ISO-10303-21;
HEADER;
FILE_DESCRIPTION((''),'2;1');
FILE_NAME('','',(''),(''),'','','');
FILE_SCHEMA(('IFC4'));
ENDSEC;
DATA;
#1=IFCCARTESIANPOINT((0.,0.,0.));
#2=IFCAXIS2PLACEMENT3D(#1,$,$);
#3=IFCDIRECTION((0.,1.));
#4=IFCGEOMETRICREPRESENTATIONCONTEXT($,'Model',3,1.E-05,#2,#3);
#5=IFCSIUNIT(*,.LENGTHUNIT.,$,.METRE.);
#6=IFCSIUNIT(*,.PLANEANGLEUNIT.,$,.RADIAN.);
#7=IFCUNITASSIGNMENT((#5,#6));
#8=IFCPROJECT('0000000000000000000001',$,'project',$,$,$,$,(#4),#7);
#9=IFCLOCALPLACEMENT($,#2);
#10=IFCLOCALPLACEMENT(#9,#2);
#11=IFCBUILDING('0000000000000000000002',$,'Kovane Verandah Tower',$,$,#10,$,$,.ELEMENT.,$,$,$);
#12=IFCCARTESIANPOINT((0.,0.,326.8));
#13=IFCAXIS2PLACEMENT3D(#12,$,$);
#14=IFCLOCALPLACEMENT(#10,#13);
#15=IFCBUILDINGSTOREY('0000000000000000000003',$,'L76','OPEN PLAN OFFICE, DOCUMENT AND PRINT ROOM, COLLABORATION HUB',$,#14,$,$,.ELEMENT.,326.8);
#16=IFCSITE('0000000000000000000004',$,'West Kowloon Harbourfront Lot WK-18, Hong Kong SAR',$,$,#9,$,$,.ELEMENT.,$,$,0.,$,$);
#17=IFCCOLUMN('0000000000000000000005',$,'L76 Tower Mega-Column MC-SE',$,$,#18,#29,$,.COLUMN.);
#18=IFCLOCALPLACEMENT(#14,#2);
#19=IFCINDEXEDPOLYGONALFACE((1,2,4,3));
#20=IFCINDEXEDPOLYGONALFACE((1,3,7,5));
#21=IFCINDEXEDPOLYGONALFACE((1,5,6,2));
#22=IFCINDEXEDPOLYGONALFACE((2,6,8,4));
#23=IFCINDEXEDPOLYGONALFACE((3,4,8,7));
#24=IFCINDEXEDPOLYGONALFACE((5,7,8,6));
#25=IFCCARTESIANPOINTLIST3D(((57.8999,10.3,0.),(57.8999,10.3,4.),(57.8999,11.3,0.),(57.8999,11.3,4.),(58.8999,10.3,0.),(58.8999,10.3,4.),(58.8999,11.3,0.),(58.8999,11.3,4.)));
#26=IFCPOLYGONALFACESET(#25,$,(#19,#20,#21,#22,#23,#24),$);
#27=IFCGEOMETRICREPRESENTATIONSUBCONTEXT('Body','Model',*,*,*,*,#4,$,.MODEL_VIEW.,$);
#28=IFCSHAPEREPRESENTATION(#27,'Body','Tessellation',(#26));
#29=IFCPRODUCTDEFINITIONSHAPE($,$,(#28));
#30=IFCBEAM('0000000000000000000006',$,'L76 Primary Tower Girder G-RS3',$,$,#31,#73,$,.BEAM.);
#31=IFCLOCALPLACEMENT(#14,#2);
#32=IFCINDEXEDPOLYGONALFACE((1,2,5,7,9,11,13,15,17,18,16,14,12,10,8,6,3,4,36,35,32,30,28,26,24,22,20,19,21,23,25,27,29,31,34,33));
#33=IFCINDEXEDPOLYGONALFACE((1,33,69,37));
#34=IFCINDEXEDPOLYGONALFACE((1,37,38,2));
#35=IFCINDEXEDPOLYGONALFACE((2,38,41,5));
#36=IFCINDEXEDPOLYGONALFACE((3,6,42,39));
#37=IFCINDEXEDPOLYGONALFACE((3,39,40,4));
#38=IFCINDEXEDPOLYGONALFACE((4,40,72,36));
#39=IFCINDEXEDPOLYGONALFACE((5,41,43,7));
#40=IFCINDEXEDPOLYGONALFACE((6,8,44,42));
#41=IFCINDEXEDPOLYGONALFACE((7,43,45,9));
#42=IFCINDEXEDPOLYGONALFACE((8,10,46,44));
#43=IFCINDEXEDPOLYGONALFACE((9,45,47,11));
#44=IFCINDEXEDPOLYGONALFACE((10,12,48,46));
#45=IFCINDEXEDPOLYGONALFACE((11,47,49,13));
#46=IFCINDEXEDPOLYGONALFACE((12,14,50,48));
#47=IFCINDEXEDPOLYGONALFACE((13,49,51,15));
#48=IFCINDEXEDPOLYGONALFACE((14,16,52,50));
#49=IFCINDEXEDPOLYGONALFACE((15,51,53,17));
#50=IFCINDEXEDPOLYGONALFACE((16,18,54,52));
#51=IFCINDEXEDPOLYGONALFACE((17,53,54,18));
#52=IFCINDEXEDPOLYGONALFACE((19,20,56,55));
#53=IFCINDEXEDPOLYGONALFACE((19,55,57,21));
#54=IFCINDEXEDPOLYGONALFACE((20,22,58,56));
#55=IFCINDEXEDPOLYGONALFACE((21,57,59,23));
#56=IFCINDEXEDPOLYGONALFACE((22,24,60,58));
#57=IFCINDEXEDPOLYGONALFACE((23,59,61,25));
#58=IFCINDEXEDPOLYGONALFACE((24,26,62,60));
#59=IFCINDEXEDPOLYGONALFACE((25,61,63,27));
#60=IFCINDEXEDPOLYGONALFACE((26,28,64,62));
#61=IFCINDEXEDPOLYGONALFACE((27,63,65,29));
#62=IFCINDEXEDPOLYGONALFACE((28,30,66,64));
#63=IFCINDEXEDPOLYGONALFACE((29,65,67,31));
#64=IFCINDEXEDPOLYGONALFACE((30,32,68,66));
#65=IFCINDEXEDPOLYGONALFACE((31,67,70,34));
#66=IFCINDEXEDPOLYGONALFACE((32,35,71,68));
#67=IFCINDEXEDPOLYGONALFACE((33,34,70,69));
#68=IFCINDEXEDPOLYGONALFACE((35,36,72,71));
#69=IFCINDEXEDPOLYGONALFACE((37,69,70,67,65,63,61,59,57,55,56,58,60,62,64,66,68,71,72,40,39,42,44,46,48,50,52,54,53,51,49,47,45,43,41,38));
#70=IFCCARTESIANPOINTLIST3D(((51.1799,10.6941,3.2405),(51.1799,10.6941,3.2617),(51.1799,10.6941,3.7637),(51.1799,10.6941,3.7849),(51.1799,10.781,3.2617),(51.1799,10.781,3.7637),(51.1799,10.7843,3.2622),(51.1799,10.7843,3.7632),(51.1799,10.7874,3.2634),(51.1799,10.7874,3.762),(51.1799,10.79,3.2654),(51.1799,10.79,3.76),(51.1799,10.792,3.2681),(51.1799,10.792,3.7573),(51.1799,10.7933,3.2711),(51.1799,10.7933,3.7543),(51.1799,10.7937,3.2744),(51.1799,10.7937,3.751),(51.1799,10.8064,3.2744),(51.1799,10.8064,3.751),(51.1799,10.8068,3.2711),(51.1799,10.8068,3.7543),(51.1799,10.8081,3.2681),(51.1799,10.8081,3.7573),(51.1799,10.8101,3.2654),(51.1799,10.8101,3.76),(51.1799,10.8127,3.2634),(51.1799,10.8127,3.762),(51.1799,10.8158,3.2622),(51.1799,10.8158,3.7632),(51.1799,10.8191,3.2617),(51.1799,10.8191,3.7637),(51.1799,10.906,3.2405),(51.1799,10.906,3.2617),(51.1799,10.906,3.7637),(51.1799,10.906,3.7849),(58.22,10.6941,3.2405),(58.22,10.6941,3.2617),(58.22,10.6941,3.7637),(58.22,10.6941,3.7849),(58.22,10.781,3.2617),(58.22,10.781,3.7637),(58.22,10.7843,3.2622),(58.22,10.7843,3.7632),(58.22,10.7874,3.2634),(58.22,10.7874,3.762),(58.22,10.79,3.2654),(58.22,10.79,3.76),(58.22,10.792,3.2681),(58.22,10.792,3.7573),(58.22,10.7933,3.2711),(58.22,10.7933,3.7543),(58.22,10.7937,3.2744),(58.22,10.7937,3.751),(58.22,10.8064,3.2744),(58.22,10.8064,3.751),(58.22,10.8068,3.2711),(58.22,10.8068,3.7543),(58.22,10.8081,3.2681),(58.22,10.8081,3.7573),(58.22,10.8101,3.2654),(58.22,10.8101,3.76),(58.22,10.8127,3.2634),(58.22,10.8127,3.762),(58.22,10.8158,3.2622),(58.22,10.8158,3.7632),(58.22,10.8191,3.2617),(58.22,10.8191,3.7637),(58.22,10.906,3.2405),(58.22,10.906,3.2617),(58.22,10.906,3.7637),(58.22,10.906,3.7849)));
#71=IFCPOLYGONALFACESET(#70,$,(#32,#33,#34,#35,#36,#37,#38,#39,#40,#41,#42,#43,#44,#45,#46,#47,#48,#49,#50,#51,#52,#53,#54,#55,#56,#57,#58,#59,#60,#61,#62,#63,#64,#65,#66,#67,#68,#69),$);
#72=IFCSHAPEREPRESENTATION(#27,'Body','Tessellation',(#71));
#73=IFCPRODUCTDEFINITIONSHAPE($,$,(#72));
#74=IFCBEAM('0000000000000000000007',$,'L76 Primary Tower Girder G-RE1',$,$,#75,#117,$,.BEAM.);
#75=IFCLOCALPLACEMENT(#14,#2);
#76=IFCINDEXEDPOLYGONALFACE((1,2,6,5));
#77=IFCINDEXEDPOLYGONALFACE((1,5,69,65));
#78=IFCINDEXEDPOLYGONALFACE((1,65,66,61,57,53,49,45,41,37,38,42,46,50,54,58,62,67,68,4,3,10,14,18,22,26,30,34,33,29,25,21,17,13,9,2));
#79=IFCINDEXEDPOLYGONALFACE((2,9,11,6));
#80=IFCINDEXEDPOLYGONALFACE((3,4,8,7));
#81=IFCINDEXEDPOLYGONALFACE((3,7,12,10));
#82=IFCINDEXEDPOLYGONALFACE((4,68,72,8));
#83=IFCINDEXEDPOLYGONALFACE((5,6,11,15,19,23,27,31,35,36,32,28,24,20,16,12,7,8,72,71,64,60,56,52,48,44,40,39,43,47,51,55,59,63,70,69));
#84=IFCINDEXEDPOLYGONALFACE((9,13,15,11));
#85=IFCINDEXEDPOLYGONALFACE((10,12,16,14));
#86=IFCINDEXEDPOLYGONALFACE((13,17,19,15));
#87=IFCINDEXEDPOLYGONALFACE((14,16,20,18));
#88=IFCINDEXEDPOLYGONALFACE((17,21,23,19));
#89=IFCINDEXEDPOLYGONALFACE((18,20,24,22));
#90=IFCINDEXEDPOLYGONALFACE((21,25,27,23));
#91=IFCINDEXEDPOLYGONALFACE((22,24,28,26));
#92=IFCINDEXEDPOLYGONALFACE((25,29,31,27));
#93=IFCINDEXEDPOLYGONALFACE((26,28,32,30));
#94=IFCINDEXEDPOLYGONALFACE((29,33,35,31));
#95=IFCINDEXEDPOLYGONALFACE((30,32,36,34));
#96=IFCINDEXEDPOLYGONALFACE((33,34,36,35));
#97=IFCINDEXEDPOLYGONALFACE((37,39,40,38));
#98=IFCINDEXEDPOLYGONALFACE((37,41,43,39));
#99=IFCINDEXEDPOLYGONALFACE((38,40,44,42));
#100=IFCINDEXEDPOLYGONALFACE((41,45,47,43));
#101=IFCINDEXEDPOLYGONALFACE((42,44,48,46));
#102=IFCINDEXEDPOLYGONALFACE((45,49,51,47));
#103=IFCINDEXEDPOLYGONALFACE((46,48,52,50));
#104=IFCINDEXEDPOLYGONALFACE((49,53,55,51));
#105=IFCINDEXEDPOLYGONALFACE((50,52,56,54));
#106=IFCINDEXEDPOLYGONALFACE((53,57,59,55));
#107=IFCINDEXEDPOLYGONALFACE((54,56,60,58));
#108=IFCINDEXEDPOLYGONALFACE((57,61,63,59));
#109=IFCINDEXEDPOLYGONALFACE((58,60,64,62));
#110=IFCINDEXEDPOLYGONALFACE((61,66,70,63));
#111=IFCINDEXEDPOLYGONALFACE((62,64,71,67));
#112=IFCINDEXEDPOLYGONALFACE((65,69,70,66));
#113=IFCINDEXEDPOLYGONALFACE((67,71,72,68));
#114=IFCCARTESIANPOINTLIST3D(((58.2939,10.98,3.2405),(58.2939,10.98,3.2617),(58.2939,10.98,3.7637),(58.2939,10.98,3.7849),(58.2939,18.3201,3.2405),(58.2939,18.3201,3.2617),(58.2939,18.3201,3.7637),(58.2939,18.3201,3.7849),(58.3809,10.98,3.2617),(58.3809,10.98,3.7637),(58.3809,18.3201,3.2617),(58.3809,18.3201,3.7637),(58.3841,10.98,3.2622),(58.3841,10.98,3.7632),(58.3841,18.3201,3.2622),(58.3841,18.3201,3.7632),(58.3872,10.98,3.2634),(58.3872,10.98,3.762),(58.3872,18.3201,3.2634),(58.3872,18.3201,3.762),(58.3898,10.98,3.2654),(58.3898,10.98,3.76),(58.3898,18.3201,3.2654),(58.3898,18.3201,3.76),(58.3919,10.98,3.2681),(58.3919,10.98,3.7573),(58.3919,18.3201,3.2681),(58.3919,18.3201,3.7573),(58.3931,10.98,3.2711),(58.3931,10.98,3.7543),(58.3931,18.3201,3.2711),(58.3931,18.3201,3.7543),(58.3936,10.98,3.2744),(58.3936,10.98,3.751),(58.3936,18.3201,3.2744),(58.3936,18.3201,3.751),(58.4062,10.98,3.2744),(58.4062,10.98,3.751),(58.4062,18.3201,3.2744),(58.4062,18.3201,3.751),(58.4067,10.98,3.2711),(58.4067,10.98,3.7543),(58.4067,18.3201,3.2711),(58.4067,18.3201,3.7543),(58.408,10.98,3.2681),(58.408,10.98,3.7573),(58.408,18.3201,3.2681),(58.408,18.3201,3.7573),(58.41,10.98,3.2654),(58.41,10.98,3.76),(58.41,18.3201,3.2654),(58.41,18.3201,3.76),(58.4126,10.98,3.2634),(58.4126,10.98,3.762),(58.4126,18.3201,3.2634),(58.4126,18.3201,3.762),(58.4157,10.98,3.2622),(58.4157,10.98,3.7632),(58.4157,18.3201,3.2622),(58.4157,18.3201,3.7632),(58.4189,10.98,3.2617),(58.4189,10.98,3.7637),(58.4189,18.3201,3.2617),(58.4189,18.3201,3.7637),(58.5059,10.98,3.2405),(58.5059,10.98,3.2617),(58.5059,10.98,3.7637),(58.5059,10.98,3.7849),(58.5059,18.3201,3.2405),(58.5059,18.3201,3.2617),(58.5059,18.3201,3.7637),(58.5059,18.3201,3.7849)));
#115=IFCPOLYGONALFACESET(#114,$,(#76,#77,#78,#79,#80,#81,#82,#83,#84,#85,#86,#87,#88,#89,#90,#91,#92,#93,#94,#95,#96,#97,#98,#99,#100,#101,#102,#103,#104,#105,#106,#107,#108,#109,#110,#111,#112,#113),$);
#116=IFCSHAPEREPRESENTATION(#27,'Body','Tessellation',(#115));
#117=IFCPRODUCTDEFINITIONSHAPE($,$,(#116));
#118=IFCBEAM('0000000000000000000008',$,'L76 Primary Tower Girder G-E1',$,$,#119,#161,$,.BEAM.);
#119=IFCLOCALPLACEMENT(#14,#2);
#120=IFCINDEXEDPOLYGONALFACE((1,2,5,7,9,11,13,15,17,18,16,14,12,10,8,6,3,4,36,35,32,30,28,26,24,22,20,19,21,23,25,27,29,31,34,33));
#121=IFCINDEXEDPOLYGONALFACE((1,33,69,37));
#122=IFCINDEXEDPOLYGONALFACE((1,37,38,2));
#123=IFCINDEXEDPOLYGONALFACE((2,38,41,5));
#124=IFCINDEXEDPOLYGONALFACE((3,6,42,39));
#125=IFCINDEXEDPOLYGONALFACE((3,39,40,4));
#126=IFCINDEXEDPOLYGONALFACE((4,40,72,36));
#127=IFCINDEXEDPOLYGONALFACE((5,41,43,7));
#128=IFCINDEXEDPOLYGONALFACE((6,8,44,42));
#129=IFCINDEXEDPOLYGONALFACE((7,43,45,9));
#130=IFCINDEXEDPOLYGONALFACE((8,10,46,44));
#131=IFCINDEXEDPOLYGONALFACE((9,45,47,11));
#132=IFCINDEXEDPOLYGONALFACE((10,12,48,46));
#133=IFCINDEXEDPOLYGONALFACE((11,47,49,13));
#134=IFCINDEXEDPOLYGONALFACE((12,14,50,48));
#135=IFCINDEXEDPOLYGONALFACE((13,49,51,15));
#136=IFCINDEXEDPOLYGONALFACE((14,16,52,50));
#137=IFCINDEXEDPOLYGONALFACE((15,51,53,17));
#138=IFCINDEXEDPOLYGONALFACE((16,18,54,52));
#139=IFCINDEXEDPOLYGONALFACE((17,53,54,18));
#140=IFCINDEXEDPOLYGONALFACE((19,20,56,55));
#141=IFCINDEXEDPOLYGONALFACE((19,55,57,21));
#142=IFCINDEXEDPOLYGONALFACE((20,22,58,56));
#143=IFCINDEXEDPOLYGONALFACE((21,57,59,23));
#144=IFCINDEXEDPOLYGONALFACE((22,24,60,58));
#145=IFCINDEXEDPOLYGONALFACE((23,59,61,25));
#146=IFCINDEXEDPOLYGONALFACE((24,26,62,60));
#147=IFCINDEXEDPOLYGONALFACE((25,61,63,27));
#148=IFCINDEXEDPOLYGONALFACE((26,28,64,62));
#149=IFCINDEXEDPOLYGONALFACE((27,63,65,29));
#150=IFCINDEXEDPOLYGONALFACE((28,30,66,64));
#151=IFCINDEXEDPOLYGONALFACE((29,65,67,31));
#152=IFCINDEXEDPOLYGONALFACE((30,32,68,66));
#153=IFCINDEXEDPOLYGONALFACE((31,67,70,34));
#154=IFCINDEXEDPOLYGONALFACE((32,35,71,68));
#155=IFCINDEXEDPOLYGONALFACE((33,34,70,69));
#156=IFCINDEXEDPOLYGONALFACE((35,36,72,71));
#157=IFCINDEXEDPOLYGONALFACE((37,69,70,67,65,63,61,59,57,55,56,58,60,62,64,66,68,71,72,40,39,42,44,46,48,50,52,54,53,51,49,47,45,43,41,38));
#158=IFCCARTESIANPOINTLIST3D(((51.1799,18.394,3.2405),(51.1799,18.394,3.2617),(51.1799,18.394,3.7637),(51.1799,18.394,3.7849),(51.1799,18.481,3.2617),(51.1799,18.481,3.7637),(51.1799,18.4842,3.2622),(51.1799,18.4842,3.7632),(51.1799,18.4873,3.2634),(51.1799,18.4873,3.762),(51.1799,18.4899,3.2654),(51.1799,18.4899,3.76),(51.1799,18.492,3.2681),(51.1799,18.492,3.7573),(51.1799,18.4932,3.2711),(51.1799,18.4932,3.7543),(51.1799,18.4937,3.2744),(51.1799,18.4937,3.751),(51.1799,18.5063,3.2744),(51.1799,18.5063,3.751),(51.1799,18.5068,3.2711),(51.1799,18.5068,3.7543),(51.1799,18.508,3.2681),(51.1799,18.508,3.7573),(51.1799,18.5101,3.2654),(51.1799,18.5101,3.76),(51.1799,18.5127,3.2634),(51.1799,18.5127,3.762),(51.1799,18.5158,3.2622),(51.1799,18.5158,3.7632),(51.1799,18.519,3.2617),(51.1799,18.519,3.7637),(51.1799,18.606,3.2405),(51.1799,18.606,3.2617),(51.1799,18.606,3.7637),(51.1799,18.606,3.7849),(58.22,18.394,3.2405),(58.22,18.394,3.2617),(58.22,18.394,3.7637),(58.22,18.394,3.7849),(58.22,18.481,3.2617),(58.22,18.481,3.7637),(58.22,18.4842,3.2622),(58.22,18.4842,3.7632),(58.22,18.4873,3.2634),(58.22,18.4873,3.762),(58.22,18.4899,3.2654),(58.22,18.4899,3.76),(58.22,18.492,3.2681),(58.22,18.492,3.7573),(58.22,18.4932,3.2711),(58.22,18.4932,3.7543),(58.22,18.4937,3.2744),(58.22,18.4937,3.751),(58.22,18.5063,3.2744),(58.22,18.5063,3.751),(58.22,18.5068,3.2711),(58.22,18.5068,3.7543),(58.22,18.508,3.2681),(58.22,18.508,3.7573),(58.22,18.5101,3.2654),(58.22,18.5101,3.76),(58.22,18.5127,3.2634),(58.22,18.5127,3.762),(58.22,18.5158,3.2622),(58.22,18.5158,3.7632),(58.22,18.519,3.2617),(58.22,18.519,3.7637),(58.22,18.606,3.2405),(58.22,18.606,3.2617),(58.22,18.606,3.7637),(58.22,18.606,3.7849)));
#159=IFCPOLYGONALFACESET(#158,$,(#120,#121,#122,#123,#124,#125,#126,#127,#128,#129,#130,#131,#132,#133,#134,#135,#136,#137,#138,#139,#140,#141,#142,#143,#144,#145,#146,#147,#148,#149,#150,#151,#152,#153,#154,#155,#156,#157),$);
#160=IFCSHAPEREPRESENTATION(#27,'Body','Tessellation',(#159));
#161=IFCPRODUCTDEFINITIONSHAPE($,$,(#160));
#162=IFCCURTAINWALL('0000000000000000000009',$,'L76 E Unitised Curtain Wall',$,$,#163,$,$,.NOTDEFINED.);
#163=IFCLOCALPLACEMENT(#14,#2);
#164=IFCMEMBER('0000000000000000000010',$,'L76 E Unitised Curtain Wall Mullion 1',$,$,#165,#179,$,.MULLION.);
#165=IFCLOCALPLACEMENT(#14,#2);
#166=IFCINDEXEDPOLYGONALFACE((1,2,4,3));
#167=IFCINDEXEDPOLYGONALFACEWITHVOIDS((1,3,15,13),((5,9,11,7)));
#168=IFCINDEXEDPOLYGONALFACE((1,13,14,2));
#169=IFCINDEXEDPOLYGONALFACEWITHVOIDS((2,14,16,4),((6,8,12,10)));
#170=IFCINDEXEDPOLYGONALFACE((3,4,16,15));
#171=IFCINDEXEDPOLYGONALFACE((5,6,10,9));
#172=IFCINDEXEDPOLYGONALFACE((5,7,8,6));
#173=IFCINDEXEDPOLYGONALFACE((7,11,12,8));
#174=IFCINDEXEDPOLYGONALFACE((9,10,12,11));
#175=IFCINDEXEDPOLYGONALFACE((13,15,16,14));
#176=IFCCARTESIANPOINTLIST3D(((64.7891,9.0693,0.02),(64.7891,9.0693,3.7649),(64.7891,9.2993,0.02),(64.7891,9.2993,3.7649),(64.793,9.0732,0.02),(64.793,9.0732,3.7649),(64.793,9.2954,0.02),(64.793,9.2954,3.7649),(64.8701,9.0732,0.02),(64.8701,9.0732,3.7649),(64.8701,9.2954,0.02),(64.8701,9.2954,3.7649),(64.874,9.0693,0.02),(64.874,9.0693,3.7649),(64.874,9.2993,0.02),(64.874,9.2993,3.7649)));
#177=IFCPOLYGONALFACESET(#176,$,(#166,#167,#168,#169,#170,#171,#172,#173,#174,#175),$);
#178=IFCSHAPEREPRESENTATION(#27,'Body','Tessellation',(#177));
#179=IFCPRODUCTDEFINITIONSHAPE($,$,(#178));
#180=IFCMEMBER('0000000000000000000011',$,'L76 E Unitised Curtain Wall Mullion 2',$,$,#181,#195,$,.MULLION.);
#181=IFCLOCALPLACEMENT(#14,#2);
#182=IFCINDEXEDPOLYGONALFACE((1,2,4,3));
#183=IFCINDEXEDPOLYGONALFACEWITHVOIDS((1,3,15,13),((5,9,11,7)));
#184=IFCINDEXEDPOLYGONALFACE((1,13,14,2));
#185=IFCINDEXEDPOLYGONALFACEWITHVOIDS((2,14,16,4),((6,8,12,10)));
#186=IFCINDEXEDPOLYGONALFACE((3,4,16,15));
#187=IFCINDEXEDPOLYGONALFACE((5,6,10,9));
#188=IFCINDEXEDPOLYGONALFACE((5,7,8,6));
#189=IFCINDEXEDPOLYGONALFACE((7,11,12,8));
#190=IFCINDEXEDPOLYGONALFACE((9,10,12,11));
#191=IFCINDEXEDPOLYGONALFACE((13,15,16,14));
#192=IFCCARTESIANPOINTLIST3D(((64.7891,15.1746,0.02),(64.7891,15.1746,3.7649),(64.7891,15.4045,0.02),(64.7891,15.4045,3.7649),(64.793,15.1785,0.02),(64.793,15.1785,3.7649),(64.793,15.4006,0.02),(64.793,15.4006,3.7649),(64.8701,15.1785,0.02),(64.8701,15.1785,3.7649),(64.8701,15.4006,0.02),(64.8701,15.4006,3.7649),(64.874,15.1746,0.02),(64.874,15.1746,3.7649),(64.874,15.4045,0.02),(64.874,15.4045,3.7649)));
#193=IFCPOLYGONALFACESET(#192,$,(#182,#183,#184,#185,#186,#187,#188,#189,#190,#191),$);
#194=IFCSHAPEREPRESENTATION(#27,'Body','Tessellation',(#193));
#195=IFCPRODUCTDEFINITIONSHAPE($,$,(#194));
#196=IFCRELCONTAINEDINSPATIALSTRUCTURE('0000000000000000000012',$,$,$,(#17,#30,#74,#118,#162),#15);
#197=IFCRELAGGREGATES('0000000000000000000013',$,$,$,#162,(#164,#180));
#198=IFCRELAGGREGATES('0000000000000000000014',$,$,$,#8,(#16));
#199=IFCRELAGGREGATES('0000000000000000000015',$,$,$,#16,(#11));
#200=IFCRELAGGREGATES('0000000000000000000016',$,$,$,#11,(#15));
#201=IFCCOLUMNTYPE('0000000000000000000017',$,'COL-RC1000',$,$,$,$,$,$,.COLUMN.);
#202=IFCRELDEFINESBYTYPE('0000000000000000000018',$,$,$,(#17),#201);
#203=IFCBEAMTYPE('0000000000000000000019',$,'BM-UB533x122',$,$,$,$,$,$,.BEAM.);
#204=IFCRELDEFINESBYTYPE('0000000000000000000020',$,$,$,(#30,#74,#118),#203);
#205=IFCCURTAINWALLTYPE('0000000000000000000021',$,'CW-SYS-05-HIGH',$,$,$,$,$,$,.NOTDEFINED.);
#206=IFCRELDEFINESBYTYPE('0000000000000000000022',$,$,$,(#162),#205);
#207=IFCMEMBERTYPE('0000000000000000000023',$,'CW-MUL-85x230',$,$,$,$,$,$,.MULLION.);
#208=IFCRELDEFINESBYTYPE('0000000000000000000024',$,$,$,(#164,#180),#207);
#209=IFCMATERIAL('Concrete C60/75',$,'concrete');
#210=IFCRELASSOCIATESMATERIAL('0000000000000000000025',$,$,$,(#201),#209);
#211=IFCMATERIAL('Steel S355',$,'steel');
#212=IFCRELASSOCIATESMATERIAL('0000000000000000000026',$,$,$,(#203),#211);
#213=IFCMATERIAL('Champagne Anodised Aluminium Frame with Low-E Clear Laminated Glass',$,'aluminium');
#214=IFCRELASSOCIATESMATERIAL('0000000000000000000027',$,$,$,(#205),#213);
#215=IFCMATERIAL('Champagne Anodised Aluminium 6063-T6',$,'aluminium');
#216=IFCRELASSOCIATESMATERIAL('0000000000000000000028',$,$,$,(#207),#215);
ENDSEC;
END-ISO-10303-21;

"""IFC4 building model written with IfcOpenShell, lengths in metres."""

from ifc_helpers import new_model, si_unit, direction, frame, origin, origin_2d, place, context, subcontext, project, spatial, rectangle, hollow_rectangle, i_section, extrude, material, material_profile, profile_set, type_object, element, aggregate, save


model = new_model("IFC4")

# Units and contexts
model_context = context("Model", 3, precision=1e-05, world=origin(), true_north=direction((0.0, 1.0)))
body_context = subcontext(model_context, "Body", "Model", "MODEL_VIEW")
ifc_project = project(units=[si_unit("LENGTHUNIT", "METRE"), si_unit("PLANEANGLEUNIT", "RADIAN")], contexts=[model_context])

# Site, building, storey
site_placement = place(None, origin())
site = spatial("IfcSite", under=ifc_project, at=site_placement, Name="West Kowloon Harbourfront Lot WK-18, Hong Kong SAR", CompositionType="ELEMENT", RefElevation=0.0)
building_placement = place(site_placement, origin())
building = spatial("IfcBuilding", under=site, at=building_placement, Name="Kovane Verandah Tower", CompositionType="ELEMENT")
storey_placement = place(building_placement, frame((0.0, 0.0, 326.8)))
storey = spatial("IfcBuildingStorey", under=building, at=storey_placement, Name="L76", Description="OPEN PLAN OFFICE, DOCUMENT AND PRINT ROOM, COLLABORATION HUB", CompositionType="ELEMENT", Elevation=326.8)

# Column
ifc_material_1 = material(Name="Concrete C60/75", Category="concrete")
ifc_material_profile_1 = material_profile(ifc_material_1, rectangle(XDim=1.0, YDim=1.0, at=origin_2d()), Name="RC1000x1000")
ifc_profile_set_1 = profile_set([ifc_material_profile_1], Name="Concrete C60/75")
column_type = type_object("IfcColumnType", Name="COL-RC1000", PredefinedType="COLUMN", material=ifc_profile_set_1)
column_placement = place(storey_placement, frame((58.3999, 10.8, 0.0), z_axis=(0.0, 0.0, 1.0), x_axis=(1.0, 0.0, 0.0)))
element("IfcColumn", 1, at=column_placement, inside=storey, type_object=column_type, Name="L76 Tower Mega-Column MC-SE", PredefinedType="COLUMN", context=body_context, shape_type="SweptSolid", body=[
    extrude(rectangle(XDim=1.0, YDim=1.0, at=origin_2d()), origin(), (0.0, 0.0, 1.0), 4.0),
])

# Beams
ifc_material_2 = material(Name="Steel S355", Category="steel")
ifc_material_profile_2 = material_profile(ifc_material_2, i_section(OverallWidth=0.2119, OverallDepth=0.5444, WebThickness=0.0127, FlangeThickness=0.0212, FilletRadius=0.0127, at=origin_2d()), Name="UB533x210x122")
ifc_profile_set_2 = profile_set([ifc_material_profile_2], Name="Steel S355")
beam_type_1 = type_object("IfcBeamType", Name="BM-UB533x122", PredefinedType="BEAM", material=ifc_profile_set_2)
beam_1_placement = place(storey_placement, frame((51.1799, 10.8, 3.5127), z_axis=(1.0, 0.0, 0.0), x_axis=(0.0, 1.0, 0.0)))
element("IfcBeam", 2, at=beam_1_placement, inside=storey, type_object=beam_type_1, Name="L76 Primary Tower Girder G-RS3", PredefinedType="BEAM", context=body_context, shape_type="SweptSolid", body=[
    extrude(i_section(OverallWidth=0.2119, OverallDepth=0.5444, WebThickness=0.0127, FlangeThickness=0.0212, FilletRadius=0.0127, at=origin_2d()), origin(), (0.0, 0.0, 1.0), 7.04),
])
beam_2_placement = place(storey_placement, frame((58.3999, 10.98, 3.5127), z_axis=(0.0, 1.0, 0.0), x_axis=(-1.0, 0.0, 0.0)))
element("IfcBeam", 3, at=beam_2_placement, inside=storey, type_object=beam_type_1, Name="L76 Primary Tower Girder G-RE1", PredefinedType="BEAM", context=body_context, shape_type="SweptSolid", body=[
    extrude(i_section(OverallWidth=0.2119, OverallDepth=0.5444, WebThickness=0.0127, FlangeThickness=0.0212, FilletRadius=0.0127, at=origin_2d()), origin(), (0.0, 0.0, 1.0), 7.3401),
])
beam_3_placement = place(storey_placement, frame((51.1799, 18.5, 3.5127), z_axis=(1.0, 0.0, 0.0), x_axis=(0.0, 1.0, 0.0)))
element("IfcBeam", 4, at=beam_3_placement, inside=storey, type_object=beam_type_1, Name="L76 Primary Tower Girder G-E1", PredefinedType="BEAM", context=body_context, shape_type="SweptSolid", body=[
    extrude(i_section(OverallWidth=0.2119, OverallDepth=0.5444, WebThickness=0.0127, FlangeThickness=0.0212, FilletRadius=0.0127, at=origin_2d()), origin(), (0.0, 0.0, 1.0), 7.04),
])

# Curtain wall, members
ifc_material_3 = material(Name="Champagne Anodised Aluminium Frame with Low-E Clear Laminated Glass", Category="aluminium")
curtain_wall_type = type_object("IfcCurtainWallType", Name="CW-SYS-05-HIGH", PredefinedType="NOTDEFINED", material=ifc_material_3)
curtain_wall_placement = place(storey_placement, origin())
curtain_wall = element("IfcCurtainWall", 5, at=curtain_wall_placement, inside=storey, type_object=curtain_wall_type, Name="L76 E Unitised Curtain Wall", PredefinedType="NOTDEFINED")
ifc_material_4 = material(Name="Champagne Anodised Aluminium 6063-T6", Category="aluminium")
ifc_material_profile_3 = material_profile(ifc_material_4, hollow_rectangle(XDim=0.085, YDim=0.23, WallThickness=0.0039, at=origin_2d()), Name="AL85x230x4")
ifc_profile_set_3 = profile_set([ifc_material_profile_3], Name="Champagne Anodised Aluminium 6063-T6")
member_type_1 = type_object("IfcMemberType", Name="CW-MUL-85x230", PredefinedType="MULLION", material=ifc_profile_set_3)
member_1_placement = place(storey_placement, frame((64.8315, 9.1843, 0.02), z_axis=(0.0, 0.0, 1.0), x_axis=(1.0, 0.0, 0.0)))
member_1 = element("IfcMember", 6, at=member_1_placement, type_object=member_type_1, Name="L76 E Unitised Curtain Wall Mullion 1", PredefinedType="MULLION", context=body_context, shape_type="SweptSolid", body=[
    extrude(hollow_rectangle(XDim=0.085, YDim=0.23, WallThickness=0.0039, at=origin_2d()), origin(), (0.0, 0.0, 1.0), 3.7449),
])
member_2_placement = place(storey_placement, frame((64.8315, 15.2896, 0.02), z_axis=(0.0, 0.0, 1.0), x_axis=(1.0, 0.0, 0.0)))
member_2 = element("IfcMember", 7, at=member_2_placement, type_object=member_type_1, Name="L76 E Unitised Curtain Wall Mullion 2", PredefinedType="MULLION", context=body_context, shape_type="SweptSolid", body=[
    extrude(hollow_rectangle(XDim=0.085, YDim=0.23, WallThickness=0.0039, at=origin_2d()), origin(), (0.0, 0.0, 1.0), 3.7449),
])

aggregate(curtain_wall, [member_1, member_2])

save(model, "model.ifc")
